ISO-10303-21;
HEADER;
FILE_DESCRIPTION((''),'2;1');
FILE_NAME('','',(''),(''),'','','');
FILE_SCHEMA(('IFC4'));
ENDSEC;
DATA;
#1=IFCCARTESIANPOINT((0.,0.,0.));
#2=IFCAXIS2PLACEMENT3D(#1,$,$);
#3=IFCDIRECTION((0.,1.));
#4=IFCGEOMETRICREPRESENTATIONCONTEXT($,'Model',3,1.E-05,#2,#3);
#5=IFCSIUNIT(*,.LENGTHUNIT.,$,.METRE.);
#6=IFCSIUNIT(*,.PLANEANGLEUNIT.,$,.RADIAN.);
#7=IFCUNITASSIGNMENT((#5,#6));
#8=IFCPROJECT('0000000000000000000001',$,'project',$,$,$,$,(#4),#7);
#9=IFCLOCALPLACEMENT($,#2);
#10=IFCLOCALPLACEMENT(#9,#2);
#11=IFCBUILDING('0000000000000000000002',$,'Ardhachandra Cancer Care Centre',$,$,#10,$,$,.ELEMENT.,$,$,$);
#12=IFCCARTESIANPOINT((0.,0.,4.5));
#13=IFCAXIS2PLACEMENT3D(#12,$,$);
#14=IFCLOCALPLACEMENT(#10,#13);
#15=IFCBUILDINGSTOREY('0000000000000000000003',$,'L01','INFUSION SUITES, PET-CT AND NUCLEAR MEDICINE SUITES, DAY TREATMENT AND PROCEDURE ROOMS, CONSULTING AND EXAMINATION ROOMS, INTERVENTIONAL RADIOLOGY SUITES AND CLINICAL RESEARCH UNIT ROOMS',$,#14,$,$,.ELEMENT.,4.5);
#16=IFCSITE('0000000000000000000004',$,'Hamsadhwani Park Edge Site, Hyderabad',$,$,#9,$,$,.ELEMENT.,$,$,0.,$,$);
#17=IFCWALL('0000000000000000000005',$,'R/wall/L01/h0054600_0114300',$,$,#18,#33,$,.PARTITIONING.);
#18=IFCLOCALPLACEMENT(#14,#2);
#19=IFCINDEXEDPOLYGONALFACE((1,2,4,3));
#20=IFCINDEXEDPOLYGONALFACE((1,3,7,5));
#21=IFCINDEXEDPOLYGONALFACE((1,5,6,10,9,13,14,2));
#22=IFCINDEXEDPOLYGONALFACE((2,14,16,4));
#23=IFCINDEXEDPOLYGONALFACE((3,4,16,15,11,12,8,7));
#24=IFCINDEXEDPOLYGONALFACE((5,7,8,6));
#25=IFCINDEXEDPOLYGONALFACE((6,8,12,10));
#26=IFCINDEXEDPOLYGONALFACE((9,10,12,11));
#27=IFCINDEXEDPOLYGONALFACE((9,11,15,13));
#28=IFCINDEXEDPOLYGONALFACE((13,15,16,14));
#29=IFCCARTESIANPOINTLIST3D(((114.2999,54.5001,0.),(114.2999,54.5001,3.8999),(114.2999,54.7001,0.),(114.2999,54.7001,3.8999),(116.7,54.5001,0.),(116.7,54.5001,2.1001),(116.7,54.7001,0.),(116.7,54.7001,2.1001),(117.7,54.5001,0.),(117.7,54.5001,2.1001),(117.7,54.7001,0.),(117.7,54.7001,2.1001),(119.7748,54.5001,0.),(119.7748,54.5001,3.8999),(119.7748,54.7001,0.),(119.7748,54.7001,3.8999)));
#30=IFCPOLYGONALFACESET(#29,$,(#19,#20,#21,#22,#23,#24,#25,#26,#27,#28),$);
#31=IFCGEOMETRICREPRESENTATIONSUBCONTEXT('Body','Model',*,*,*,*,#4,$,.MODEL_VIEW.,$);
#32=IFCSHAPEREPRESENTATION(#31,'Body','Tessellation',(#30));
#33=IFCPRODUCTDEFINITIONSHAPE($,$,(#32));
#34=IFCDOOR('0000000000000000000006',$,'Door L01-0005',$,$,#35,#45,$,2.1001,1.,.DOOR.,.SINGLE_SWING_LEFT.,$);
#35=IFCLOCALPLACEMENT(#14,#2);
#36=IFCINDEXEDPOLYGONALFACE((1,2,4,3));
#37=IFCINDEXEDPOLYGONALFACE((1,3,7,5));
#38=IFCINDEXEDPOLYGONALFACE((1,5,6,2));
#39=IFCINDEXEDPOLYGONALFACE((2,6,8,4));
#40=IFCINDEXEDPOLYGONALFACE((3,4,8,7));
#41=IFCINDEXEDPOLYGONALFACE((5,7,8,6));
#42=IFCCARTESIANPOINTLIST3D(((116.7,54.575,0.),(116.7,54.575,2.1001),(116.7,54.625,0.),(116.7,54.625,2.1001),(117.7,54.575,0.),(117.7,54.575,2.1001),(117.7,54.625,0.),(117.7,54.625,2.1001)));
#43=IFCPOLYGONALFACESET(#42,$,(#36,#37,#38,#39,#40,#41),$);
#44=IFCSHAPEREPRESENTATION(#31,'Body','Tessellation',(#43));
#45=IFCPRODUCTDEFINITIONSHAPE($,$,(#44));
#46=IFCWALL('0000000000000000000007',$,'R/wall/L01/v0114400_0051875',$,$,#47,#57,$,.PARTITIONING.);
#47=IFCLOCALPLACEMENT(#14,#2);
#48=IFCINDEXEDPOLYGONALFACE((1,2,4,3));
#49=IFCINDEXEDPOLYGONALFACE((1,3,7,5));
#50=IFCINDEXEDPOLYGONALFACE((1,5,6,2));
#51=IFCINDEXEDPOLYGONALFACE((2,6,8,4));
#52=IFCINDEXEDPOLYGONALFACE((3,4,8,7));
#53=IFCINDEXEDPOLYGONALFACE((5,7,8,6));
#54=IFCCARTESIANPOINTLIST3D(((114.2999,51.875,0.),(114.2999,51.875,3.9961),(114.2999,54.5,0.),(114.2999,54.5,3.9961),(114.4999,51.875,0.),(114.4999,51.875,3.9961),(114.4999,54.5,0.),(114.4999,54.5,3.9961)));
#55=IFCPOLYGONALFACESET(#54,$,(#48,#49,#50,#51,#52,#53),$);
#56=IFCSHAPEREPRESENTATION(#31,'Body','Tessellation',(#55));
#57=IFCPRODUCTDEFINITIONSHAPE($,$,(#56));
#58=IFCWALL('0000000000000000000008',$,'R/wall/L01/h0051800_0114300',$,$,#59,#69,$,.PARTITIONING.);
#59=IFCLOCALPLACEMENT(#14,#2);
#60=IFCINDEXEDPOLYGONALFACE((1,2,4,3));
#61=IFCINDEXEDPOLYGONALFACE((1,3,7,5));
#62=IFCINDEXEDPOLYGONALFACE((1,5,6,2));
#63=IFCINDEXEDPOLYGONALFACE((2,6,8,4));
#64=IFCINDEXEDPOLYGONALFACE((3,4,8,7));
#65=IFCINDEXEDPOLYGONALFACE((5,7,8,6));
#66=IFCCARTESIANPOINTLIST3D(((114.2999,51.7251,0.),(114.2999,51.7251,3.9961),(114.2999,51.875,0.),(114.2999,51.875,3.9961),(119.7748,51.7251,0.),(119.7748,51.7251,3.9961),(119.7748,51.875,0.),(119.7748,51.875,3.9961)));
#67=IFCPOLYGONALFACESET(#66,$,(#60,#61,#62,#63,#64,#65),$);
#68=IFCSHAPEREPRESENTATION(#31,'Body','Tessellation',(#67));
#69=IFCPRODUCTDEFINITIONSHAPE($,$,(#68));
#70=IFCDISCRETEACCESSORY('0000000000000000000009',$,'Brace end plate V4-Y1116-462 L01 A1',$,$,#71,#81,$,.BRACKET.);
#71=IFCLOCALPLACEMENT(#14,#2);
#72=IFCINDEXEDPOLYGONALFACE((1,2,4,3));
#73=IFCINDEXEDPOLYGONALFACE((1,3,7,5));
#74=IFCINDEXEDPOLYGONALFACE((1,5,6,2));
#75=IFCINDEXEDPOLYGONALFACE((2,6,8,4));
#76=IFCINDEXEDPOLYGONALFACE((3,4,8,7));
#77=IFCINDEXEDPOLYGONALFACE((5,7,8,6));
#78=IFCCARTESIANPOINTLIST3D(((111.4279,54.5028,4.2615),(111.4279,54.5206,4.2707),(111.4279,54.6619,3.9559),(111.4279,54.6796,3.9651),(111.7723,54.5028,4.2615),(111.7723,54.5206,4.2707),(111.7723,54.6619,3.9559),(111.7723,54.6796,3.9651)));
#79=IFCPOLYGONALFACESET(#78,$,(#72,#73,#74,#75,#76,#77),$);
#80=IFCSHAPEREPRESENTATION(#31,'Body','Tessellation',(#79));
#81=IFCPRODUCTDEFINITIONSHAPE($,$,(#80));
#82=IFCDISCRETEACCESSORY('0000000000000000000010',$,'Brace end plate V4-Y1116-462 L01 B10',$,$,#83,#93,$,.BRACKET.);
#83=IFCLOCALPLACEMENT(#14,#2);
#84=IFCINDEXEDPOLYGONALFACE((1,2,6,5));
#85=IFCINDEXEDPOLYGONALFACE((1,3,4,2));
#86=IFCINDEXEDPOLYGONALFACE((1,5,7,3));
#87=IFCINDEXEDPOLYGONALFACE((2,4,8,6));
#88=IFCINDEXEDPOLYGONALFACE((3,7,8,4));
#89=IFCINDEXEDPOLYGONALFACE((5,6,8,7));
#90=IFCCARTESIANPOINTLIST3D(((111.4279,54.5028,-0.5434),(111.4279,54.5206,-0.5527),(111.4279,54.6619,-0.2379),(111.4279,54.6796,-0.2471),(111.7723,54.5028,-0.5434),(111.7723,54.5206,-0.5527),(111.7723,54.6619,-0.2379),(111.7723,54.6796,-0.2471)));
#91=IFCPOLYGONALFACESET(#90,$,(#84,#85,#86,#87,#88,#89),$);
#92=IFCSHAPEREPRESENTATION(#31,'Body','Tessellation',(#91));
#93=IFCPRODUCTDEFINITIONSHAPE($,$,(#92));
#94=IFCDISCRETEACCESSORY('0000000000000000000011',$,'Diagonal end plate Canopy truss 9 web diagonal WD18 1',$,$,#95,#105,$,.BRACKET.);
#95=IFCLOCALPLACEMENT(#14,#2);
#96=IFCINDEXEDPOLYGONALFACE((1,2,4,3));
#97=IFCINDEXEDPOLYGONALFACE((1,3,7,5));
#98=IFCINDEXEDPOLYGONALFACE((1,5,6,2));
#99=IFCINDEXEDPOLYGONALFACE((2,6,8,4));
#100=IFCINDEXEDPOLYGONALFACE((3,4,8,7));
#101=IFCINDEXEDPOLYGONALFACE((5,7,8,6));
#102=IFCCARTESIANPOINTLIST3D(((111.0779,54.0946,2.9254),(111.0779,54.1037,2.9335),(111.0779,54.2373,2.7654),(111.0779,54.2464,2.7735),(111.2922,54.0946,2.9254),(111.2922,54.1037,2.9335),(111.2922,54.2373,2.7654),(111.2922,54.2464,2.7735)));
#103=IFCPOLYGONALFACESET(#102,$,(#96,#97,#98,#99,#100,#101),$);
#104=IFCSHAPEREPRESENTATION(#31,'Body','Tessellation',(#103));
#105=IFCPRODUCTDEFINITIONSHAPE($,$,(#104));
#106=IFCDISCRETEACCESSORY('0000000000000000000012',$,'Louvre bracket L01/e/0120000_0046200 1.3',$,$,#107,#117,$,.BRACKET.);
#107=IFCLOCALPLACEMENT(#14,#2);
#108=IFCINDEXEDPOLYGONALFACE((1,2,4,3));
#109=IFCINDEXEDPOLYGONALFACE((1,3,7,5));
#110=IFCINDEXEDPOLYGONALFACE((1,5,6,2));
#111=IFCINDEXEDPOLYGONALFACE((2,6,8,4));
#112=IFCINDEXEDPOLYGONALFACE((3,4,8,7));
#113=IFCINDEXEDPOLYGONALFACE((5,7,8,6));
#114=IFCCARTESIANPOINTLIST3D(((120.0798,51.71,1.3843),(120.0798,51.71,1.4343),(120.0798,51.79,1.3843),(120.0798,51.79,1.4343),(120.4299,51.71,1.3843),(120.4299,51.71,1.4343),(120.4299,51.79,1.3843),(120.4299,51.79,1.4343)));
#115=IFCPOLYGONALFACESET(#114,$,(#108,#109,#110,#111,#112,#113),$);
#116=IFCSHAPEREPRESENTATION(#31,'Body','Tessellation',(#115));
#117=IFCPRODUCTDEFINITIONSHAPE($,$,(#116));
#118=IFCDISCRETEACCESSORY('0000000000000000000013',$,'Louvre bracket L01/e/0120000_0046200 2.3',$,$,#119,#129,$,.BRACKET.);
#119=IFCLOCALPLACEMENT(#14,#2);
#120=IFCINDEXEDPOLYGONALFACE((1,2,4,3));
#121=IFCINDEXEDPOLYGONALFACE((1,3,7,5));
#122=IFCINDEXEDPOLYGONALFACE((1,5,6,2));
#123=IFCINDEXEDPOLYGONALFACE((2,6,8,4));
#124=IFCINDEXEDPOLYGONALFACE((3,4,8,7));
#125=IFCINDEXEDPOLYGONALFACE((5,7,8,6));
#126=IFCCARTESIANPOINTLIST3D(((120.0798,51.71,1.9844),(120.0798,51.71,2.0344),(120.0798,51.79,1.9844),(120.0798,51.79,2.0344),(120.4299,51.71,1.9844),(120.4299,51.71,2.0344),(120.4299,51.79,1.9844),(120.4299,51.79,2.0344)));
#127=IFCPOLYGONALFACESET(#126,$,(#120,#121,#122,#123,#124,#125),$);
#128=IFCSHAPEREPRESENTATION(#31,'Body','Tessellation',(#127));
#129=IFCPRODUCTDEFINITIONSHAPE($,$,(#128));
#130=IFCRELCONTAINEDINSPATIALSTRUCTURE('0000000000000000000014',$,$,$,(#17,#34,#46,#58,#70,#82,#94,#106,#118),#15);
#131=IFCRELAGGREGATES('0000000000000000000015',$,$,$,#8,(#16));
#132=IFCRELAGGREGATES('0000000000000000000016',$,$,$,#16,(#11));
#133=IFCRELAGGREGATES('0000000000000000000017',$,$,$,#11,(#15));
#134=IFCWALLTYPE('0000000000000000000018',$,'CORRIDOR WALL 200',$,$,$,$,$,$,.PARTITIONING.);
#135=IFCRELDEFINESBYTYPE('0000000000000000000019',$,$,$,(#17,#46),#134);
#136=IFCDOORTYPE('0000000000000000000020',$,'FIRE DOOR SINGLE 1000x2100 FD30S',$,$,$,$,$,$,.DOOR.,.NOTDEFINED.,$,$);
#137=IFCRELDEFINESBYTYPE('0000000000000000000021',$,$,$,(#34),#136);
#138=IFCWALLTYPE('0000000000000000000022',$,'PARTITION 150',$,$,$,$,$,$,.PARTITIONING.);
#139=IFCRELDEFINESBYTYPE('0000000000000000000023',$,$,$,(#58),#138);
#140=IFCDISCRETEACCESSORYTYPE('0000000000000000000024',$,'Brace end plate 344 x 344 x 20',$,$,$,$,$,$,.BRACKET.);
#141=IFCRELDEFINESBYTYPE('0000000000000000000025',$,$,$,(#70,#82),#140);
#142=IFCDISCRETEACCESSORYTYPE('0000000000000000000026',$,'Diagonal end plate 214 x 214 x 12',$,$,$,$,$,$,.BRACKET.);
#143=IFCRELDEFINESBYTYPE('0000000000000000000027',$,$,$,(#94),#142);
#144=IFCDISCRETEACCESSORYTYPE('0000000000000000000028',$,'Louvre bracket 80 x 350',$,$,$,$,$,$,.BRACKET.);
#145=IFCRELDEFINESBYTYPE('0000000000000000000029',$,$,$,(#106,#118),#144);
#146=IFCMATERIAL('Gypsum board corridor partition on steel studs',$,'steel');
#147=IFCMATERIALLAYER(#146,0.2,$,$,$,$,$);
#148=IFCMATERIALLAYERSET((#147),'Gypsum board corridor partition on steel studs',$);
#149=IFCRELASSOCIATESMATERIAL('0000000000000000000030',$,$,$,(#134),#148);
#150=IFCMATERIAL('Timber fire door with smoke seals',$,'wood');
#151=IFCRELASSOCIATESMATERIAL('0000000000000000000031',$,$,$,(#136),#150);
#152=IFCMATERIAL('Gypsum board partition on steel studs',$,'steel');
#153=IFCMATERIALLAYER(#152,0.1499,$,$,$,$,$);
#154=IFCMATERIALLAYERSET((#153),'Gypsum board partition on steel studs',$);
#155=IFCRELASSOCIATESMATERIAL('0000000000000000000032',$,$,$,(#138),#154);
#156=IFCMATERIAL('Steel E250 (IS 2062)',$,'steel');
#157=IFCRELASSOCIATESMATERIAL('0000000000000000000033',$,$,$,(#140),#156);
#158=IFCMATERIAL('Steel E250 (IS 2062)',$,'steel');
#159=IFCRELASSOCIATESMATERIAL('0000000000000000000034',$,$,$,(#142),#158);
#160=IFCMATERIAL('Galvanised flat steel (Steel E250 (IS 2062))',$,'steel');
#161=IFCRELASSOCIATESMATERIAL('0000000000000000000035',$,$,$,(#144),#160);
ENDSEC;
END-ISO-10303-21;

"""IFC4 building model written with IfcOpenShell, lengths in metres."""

from ifc_helpers import new_model, si_unit, direction, frame, frame_2d, origin, origin_2d, place, context, subcontext, project, spatial, rectangle, extrude, material, layer, layer_set, material_profile, profile_set, type_object, element, fill, save


model = new_model("IFC4")

# Units and contexts
model_context = context("Model", 3, precision=1e-05, world=origin(), true_north=direction((0.0, 1.0)))
body_context = subcontext(model_context, "Body", "Model", "MODEL_VIEW")
ifc_project = project(units=[si_unit("LENGTHUNIT", "METRE"), si_unit("PLANEANGLEUNIT", "RADIAN")], contexts=[model_context])

# Site, building, storey
site_placement = place(None, origin())
site = spatial("IfcSite", under=ifc_project, at=site_placement, Name="Hamsadhwani Park Edge Site, Hyderabad", CompositionType="ELEMENT", RefElevation=0.0)
building_placement = place(site_placement, origin())
building = spatial("IfcBuilding", under=site, at=building_placement, Name="Ardhachandra Cancer Care Centre", CompositionType="ELEMENT")
storey_placement = place(building_placement, frame((0.0, 0.0, 4.5)))
storey = spatial("IfcBuildingStorey", under=building, at=storey_placement, Name="L01", Description="INFUSION SUITES, PET-CT AND NUCLEAR MEDICINE SUITES, DAY TREATMENT AND PROCEDURE ROOMS, CONSULTING AND EXAMINATION ROOMS, INTERVENTIONAL RADIOLOGY SUITES AND CLINICAL RESEARCH UNIT ROOMS", CompositionType="ELEMENT", Elevation=4.5)

# Wall, opening, door
ifc_material_1 = material(Name="Gypsum board corridor partition on steel studs", Category="steel")
ifc_layer_1 = layer(ifc_material_1, 0.2)
ifc_layer_set_1 = layer_set([ifc_layer_1], Name="Gypsum board corridor partition on steel studs")
wall_type_1 = type_object("IfcWallType", Name="CORRIDOR WALL 200", PredefinedType="PARTITIONING", material=ifc_layer_set_1)
wall_1_placement = place(storey_placement, frame((114.3, 54.6001, 0.0), z_axis=(0.0, 0.0, 1.0), x_axis=(1.0, 0.0, 0.0)))
wall_1 = element("IfcWall", 1, at=wall_1_placement, inside=storey, type_object=wall_type_1, Name="R/wall/L01/h0054600_0114300", PredefinedType="PARTITIONING", context=body_context, shape_type="SweptSolid", body=[
    extrude(rectangle(XDim=5.4749, YDim=0.2, at=frame_2d((2.7373, 0.0))), origin(), (0.0, 0.0, 1.0), 3.8999),
])
opening_placement = place(wall_1_placement, frame((2.3999, 0.0, 0.0)))
opening = element("IfcOpeningElement", 2, at=opening_placement, cuts=wall_1, PredefinedType="OPENING", context=body_context, shape_type="SweptSolid", body=[
    extrude(rectangle(XDim=1.0, YDim=2.1001, at=frame_2d((0.5, 1.05))), frame((0.0, 0.1099, 0.0), z_axis=(0.0, -1.0, 0.0), x_axis=(1.0, 0.0, 0.0)), (0.0, 0.0, 1.0), 0.22),
])
ifc_material_2 = material(Name="Timber fire door with smoke seals", Category="wood")
door_type = type_object("IfcDoorType", Name="FIRE DOOR SINGLE 1000x2100 FD30S", OperationType="NOTDEFINED", PredefinedType="DOOR", material=ifc_material_2)
door_placement = place(opening_placement, origin())
door = element("IfcDoor", 3, at=door_placement, inside=storey, type_object=door_type, Name="Door L01-0005", OperationType="SINGLE_SWING_LEFT", OverallHeight=2.1001, OverallWidth=1.0, PredefinedType="DOOR", context=body_context, shape_type="SweptSolid", body=[
    extrude(rectangle(XDim=1.0, YDim=2.1001, at=frame_2d((0.5, 1.05))), frame((0.0, 0.0249, 0.0), z_axis=(0.0, -1.0, 0.0), x_axis=(1.0, 0.0, 0.0)), (0.0, 0.0, 1.0), 0.05),
])
fill(opening, door)

# Walls
wall_2_placement = place(storey_placement, frame((114.3999, 51.875, 0.0), z_axis=(0.0, 0.0, 1.0), x_axis=(0.0, 1.0, 0.0)))
element("IfcWall", 4, at=wall_2_placement, inside=storey, type_object=wall_type_1, Name="R/wall/L01/v0114400_0051875", PredefinedType="PARTITIONING", context=body_context, shape_type="SweptSolid", body=[
    extrude(rectangle(XDim=2.625, YDim=0.2, at=frame_2d((1.3125, 0.0))), origin(), (0.0, 0.0, 1.0), 3.9961),
])
ifc_material_3 = material(Name="Gypsum board partition on steel studs", Category="steel")
ifc_layer_2 = layer(ifc_material_3, 0.1499)
ifc_layer_set_2 = layer_set([ifc_layer_2], Name="Gypsum board partition on steel studs")
wall_type_2 = type_object("IfcWallType", Name="PARTITION 150", PredefinedType="PARTITIONING", material=ifc_layer_set_2)
wall_3_placement = place(storey_placement, frame((114.3, 51.8, 0.0), z_axis=(0.0, 0.0, 1.0), x_axis=(1.0, 0.0, 0.0)))
element("IfcWall", 5, at=wall_3_placement, inside=storey, type_object=wall_type_2, Name="R/wall/L01/h0051800_0114300", PredefinedType="PARTITIONING", context=body_context, shape_type="SweptSolid", body=[
    extrude(rectangle(XDim=5.4749, YDim=0.1499, at=frame_2d((2.7373, 0.0))), origin(), (0.0, 0.0, 1.0), 3.9961),
])

# Discrete accessories
ifc_material_4 = material(Name="Steel E250 (IS 2062)", Category="steel")
ifc_material_profile_1 = material_profile(ifc_material_4, rectangle(XDim=0.3445, YDim=0.3445, at=origin_2d()), Name="PL 344x344x20")
ifc_profile_set_1 = profile_set([ifc_material_profile_1], Name="Steel E250 (IS 2062)")
discrete_accessory_type_1 = type_object("IfcDiscreteAccessoryType", Name="Brace end plate 344 x 344 x 20", PredefinedType="BRACKET", material=ifc_profile_set_1)
for number, where, z_axis, x_axis, name in (
    (6, (111.6001, 54.6001, 4.1179), (0.0, -0.887018, -0.461735), (1.0, 0.0, 0.0), "Brace end plate V4-Y1116-462 L01 A1"),
    (7, (111.6001, 54.6001, -0.3999), (0.0, -0.887018, 0.461735), (1.0, 0.0, 0.0), "Brace end plate V4-Y1116-462 L01 B10"),
):
    element("IfcDiscreteAccessory", number, at=place(storey_placement, frame(where, z_axis=z_axis, x_axis=x_axis)), inside=storey, type_object=discrete_accessory_type_1, Name=name, PredefinedType="BRACKET", context=body_context, shape_type="SweptSolid", body=[
        extrude(rectangle(XDim=0.3445, YDim=0.3445, at=origin_2d()), origin(), (0.0, 0.0, 1.0), 0.02),
    ])
ifc_material_5 = material(Name="Steel E250 (IS 2062)", Category="steel")
ifc_material_profile_2 = material_profile(ifc_material_5, rectangle(XDim=0.2144, YDim=0.2144, at=origin_2d()), Name="PL 214x214x12")
ifc_profile_set_2 = profile_set([ifc_material_profile_2], Name="Steel E250 (IS 2062)")
discrete_accessory_type_2 = type_object("IfcDiscreteAccessoryType", Name="Diagonal end plate 214 x 214 x 12", PredefinedType="BRACKET", material=ifc_profile_set_2)
discrete_accessory_placement = place(storey_placement, frame((111.1851, 54.175, 2.8535), z_axis=(0.0, -0.746295, -0.665615), x_axis=(1.0, 0.0, 0.0)))
element("IfcDiscreteAccessory", 8, at=discrete_accessory_placement, inside=storey, type_object=discrete_accessory_type_2, Name="Diagonal end plate Canopy truss 9 web diagonal WD18 1", PredefinedType="BRACKET", context=body_context, shape_type="SweptSolid", body=[
    extrude(rectangle(XDim=0.2144, YDim=0.2144, at=origin_2d()), origin(), (0.0, 0.0, 1.0), 0.0122),
])
ifc_material_6 = material(Name="Galvanised flat steel (Steel E250 (IS 2062))", Category="steel")
discrete_accessory_type_3 = type_object("IfcDiscreteAccessoryType", Name="Louvre bracket 80 x 350", PredefinedType="BRACKET", material=ifc_material_6)
for number, where, z_axis, x_axis, name in (
    (9, (120.2549, 51.75, 1.3843), (0.0, 0.0, 1.0), (0.0, 1.0, 0.0), "Louvre bracket L01/e/0120000_0046200 1.3"),
    (10, (120.2549, 51.75, 1.9844), (0.0, 0.0, 1.0), (0.0, 1.0, 0.0), "Louvre bracket L01/e/0120000_0046200 2.3"),
):
    element("IfcDiscreteAccessory", number, at=place(storey_placement, frame(where, z_axis=z_axis, x_axis=x_axis)), inside=storey, type_object=discrete_accessory_type_3, Name=name, PredefinedType="BRACKET", context=body_context, shape_type="SweptSolid", body=[
        extrude(rectangle(XDim=0.0801, YDim=0.3501, at=origin_2d()), origin(), (0.0, 0.0, 1.0), 0.05),
    ])

save(model, "model.ifc")
